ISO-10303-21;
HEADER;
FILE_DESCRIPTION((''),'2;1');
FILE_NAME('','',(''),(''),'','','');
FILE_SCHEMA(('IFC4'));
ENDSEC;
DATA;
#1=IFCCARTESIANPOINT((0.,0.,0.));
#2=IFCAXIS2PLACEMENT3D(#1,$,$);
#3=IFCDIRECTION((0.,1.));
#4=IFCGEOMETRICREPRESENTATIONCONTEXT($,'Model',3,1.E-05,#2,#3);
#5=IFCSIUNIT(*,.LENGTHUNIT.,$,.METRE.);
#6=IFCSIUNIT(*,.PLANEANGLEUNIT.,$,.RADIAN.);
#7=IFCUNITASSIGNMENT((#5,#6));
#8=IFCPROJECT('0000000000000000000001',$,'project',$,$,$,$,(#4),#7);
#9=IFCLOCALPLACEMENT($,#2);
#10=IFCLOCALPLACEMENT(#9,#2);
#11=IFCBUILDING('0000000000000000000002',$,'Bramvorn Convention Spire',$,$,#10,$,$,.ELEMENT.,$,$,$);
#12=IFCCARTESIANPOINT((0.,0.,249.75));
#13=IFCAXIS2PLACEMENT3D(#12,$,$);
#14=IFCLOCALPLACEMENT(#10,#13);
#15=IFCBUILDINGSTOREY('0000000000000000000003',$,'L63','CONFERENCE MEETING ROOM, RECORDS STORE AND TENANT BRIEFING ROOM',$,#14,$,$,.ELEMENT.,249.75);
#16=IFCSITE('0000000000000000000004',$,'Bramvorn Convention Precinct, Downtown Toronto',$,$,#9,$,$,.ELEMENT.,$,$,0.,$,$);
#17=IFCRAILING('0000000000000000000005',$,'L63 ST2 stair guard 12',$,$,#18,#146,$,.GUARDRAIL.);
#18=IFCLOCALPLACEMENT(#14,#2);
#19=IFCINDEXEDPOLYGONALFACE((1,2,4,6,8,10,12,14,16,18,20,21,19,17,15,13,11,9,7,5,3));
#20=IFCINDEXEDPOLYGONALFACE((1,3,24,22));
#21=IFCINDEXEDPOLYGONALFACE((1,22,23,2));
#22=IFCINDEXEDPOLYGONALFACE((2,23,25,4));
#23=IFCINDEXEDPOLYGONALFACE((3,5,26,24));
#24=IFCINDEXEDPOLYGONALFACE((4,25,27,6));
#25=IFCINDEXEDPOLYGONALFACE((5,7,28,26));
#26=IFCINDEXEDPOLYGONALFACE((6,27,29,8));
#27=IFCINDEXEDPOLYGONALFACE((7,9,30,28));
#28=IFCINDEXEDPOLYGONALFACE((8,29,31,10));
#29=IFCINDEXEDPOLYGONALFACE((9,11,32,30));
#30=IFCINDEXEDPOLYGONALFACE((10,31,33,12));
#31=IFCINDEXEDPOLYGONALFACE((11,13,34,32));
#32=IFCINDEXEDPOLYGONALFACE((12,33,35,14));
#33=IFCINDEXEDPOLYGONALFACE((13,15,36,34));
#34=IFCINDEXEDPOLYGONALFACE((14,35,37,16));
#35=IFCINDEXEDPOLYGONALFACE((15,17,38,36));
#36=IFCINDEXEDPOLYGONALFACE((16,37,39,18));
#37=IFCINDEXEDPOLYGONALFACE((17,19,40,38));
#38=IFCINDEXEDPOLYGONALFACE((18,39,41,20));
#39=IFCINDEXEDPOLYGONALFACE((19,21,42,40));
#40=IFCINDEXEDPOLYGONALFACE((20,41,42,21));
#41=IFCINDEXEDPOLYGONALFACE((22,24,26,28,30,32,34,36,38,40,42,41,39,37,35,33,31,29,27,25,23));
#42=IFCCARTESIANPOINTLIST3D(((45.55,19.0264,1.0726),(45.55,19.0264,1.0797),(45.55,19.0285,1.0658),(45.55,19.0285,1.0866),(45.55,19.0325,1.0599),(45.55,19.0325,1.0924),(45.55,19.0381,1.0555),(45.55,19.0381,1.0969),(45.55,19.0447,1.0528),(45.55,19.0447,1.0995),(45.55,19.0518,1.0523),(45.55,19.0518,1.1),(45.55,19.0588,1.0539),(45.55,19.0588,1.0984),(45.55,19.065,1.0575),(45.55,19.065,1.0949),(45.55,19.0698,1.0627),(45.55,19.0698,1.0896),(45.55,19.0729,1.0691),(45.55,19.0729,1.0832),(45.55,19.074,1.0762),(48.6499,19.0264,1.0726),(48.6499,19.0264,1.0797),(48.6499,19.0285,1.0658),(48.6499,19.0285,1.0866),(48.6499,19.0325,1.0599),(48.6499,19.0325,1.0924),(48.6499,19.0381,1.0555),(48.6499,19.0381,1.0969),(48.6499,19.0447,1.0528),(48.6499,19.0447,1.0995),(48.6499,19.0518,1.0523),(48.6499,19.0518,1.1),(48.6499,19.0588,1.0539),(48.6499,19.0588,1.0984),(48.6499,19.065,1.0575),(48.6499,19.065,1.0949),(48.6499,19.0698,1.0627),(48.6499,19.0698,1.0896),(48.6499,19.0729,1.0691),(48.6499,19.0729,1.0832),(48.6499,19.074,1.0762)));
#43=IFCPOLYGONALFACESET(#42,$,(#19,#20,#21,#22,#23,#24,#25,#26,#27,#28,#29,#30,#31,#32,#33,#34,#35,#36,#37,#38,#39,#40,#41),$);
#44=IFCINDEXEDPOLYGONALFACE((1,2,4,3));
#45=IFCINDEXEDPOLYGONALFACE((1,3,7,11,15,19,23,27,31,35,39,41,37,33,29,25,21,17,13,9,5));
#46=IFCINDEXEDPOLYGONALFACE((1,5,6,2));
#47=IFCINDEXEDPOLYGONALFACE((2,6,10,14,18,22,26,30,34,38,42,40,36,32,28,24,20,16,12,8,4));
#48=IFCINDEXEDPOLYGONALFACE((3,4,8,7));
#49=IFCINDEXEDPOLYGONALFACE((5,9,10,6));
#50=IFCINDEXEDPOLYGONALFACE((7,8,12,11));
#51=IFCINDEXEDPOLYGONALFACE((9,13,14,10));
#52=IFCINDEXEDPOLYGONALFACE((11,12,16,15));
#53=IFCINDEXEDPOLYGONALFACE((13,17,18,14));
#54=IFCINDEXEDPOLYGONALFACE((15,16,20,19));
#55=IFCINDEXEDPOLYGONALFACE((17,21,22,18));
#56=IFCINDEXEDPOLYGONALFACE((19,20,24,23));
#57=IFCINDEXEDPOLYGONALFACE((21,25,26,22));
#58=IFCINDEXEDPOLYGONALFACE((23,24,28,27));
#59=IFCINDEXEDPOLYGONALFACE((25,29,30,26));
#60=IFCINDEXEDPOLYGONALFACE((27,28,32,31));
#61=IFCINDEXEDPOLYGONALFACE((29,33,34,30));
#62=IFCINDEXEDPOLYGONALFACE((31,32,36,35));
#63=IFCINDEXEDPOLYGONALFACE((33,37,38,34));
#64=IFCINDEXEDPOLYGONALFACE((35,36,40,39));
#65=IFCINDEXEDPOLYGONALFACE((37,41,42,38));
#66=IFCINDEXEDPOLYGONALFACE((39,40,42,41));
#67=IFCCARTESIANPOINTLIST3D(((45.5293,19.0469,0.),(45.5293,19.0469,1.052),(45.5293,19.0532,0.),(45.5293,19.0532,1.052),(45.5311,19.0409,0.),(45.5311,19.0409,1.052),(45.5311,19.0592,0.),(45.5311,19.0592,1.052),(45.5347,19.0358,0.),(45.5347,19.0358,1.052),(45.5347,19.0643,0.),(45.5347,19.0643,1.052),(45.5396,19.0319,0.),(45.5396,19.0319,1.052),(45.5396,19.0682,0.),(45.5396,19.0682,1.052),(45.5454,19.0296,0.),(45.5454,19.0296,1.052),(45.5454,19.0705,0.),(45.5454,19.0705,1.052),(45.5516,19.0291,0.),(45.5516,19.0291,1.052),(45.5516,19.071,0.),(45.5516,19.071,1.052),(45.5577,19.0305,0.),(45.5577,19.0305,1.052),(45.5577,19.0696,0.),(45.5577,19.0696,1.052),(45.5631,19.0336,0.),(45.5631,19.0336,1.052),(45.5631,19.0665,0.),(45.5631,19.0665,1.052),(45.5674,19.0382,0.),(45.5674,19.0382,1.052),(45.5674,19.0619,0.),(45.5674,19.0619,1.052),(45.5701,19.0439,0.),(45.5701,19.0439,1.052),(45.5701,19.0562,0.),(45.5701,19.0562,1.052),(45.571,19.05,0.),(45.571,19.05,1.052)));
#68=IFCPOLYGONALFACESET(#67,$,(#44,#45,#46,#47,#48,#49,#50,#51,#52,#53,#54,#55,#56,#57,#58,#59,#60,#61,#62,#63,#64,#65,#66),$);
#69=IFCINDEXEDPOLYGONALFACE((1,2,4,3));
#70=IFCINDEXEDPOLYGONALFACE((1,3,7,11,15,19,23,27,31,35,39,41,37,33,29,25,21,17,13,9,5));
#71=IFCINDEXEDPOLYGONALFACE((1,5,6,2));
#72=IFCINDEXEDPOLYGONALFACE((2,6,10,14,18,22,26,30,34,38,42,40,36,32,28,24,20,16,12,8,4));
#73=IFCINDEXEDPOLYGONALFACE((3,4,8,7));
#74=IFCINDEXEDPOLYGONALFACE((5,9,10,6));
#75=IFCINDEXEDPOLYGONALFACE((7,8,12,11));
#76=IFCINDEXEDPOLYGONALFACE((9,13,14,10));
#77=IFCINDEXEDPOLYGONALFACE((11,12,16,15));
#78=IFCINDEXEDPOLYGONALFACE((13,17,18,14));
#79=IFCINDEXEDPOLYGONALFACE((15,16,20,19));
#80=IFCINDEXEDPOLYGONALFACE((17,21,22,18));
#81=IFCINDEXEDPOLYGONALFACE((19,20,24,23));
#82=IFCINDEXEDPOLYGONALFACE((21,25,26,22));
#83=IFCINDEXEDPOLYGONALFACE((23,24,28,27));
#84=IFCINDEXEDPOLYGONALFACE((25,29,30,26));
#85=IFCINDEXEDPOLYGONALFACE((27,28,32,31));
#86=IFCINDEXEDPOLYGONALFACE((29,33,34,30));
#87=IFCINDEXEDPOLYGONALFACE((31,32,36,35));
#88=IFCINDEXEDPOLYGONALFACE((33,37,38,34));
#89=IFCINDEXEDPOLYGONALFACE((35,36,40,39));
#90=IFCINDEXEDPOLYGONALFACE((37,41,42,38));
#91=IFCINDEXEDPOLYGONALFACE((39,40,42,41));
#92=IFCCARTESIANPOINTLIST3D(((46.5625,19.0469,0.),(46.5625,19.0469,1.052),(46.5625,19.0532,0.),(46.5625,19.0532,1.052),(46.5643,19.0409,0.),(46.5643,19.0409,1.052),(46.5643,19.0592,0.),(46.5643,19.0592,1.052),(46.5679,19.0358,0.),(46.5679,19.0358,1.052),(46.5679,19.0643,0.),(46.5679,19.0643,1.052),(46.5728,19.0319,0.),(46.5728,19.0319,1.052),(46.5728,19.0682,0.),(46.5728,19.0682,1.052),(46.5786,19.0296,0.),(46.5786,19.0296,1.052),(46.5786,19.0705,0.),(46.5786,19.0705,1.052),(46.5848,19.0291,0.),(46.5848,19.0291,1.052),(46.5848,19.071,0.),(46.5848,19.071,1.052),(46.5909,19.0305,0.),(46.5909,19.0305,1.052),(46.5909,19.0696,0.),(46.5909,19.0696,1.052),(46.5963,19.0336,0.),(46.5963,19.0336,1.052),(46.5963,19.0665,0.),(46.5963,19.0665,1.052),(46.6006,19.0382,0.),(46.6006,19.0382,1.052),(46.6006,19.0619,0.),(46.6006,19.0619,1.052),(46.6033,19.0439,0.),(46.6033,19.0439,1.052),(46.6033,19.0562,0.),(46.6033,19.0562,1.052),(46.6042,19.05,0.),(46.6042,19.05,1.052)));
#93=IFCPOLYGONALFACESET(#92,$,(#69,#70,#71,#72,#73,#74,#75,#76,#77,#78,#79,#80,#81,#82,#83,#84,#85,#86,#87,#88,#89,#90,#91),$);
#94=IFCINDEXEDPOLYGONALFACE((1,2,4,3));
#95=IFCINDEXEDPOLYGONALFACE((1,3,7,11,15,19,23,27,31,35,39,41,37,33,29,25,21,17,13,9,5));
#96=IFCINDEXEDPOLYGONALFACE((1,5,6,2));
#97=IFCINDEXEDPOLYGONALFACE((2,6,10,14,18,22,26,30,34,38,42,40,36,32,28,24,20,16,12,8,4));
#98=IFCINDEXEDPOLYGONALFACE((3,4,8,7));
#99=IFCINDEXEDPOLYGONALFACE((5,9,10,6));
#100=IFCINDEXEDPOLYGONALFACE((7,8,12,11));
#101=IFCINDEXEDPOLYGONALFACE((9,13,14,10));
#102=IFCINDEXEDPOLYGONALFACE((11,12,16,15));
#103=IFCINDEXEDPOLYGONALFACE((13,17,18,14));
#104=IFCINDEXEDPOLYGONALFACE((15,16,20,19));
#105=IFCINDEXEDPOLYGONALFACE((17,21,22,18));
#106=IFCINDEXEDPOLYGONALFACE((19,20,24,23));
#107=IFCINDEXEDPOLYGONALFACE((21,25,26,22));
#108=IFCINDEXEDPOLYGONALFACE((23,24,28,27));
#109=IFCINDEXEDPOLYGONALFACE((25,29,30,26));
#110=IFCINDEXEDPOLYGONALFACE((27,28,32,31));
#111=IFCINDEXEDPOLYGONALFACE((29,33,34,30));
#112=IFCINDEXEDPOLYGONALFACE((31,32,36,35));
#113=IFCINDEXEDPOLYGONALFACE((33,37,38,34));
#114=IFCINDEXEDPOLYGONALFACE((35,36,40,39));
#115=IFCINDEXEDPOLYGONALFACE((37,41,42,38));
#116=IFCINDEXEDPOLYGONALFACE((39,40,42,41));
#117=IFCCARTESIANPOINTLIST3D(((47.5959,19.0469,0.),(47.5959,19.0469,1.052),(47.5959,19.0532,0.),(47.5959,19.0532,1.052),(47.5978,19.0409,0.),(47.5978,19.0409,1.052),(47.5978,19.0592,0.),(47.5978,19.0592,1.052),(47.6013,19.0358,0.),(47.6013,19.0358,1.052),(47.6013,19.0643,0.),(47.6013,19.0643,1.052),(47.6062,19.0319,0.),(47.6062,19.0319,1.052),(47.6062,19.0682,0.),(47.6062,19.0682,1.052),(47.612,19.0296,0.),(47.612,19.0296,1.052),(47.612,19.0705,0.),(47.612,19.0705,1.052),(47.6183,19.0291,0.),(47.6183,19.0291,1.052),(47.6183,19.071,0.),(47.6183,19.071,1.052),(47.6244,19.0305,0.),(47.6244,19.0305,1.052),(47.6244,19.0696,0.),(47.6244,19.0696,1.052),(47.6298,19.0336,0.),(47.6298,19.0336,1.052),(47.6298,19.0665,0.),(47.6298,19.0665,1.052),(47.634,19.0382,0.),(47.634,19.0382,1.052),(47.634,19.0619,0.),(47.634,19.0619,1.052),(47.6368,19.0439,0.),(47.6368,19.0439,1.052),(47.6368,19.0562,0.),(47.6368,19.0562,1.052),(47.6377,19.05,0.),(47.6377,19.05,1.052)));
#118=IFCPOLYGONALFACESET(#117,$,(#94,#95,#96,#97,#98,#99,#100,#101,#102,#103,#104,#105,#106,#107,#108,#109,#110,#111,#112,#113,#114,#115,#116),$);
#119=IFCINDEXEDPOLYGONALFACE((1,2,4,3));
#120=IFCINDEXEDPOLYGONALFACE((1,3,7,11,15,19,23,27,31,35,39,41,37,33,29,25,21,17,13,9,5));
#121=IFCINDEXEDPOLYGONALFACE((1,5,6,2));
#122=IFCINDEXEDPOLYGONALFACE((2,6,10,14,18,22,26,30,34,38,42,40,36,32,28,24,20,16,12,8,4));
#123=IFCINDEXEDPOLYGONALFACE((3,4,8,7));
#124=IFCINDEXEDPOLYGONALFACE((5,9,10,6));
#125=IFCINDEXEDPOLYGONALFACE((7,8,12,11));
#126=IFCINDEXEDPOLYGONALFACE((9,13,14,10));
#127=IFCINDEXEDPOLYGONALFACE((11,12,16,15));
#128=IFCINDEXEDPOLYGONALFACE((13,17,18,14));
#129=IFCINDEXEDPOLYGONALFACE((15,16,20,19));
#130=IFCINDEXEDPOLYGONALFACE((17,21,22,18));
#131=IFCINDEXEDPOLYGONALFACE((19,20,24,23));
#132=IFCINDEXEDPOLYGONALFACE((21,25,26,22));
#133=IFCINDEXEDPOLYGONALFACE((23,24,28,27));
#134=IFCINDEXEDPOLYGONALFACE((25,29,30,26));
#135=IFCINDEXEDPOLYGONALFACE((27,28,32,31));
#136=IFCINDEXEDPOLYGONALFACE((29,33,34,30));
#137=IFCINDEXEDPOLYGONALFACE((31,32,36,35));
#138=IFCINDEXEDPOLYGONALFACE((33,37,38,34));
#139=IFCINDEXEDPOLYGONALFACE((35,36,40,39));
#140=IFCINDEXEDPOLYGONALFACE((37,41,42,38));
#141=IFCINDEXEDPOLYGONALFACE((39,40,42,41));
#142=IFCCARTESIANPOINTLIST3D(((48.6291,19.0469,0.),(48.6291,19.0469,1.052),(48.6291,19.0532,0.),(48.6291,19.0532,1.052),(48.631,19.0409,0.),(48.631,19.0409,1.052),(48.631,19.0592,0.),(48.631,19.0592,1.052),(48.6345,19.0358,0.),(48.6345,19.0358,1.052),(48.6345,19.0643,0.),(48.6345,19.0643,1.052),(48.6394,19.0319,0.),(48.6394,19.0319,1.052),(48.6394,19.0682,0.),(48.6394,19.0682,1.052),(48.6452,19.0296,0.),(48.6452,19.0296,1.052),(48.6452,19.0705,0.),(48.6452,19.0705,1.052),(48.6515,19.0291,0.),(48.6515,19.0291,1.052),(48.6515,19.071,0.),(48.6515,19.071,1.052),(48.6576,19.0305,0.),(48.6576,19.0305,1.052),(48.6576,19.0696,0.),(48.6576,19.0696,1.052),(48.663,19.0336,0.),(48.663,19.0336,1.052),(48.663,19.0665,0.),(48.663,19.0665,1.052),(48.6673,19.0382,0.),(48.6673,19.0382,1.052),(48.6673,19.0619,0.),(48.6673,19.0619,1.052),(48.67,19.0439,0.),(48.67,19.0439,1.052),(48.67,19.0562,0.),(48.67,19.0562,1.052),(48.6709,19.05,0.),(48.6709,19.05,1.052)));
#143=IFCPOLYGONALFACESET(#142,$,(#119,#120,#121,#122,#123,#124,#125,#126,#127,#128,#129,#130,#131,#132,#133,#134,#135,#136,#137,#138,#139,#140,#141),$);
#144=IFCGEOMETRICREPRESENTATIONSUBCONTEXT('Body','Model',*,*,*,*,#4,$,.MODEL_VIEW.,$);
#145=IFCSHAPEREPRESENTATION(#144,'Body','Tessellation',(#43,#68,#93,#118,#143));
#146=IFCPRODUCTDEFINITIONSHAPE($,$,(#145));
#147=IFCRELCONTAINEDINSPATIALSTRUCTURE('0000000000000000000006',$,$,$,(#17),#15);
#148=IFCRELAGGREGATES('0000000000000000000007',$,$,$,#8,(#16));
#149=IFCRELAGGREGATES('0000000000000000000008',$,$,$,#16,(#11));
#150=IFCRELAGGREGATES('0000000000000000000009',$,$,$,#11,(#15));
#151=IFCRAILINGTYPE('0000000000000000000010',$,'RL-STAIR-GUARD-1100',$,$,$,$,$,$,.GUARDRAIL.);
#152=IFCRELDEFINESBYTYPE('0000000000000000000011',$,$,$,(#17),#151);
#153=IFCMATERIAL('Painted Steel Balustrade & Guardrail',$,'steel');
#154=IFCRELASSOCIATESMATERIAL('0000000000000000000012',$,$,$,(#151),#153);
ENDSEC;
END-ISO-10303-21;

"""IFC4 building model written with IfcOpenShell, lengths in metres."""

from ifc_helpers import new_model, si_unit, direction, frame, origin, origin_2d, place, context, subcontext, project, spatial, circle, extrude, material, type_object, element, save


model = new_model("IFC4")

# Units and contexts
model_context = context("Model", 3, precision=1e-05, world=origin(), true_north=direction((0.0, 1.0)))
body_context = subcontext(model_context, "Body", "Model", "MODEL_VIEW")
ifc_project = project(units=[si_unit("LENGTHUNIT", "METRE"), si_unit("PLANEANGLEUNIT", "RADIAN")], contexts=[model_context])

# Site, building, storey
site_placement = place(None, origin())
site = spatial("IfcSite", under=ifc_project, at=site_placement, Name="Bramvorn Convention Precinct, Downtown Toronto", CompositionType="ELEMENT", RefElevation=0.0)
building_placement = place(site_placement, origin())
building = spatial("IfcBuilding", under=site, at=building_placement, Name="Bramvorn Convention Spire", CompositionType="ELEMENT")
storey_placement = place(building_placement, frame((0.0, 0.0, 249.75)))
storey = spatial("IfcBuildingStorey", under=building, at=storey_placement, Name="L63", Description="CONFERENCE MEETING ROOM, RECORDS STORE AND TENANT BRIEFING ROOM", CompositionType="ELEMENT", Elevation=249.75)

# Railing
ifc_material_1 = material(Name="Painted Steel Balustrade & Guardrail", Category="steel")
railing_type_1 = type_object("IfcRailingType", Name="RL-STAIR-GUARD-1100", PredefinedType="GUARDRAIL", material=ifc_material_1)
railing_1_placement = place(storey_placement, frame((45.55, 19.05, 0.0)))
element("IfcRailing", 1, at=railing_1_placement, inside=storey, type_object=railing_type_1, Name="L63 ST2 stair guard 12", PredefinedType="GUARDRAIL", context=body_context, shape_type="SweptSolid", body=[
    extrude(circle(Radius=0.0239, at=origin_2d()), frame((0.0, 0.0, 1.0762), z_axis=(1.0, 0.0, 0.0), x_axis=(0.0, 1.0, 0.0)), (0.0, 0.0, 1.0), 3.0999),
    extrude(circle(Radius=0.021, at=origin_2d()), origin(), (0.0, 0.0, 1.0), 1.052),
    extrude(circle(Radius=0.021, at=origin_2d()), frame((1.0332, 0.0, 0.0)), (0.0, 0.0, 1.0), 1.052),
    extrude(circle(Radius=0.021, at=origin_2d()), frame((2.0667, 0.0, 0.0)), (0.0, 0.0, 1.0), 1.052),
    extrude(circle(Radius=0.021, at=origin_2d()), frame((3.0999, 0.0, 0.0)), (0.0, 0.0, 1.0), 1.052),
])

save(model, "model.ifc")
